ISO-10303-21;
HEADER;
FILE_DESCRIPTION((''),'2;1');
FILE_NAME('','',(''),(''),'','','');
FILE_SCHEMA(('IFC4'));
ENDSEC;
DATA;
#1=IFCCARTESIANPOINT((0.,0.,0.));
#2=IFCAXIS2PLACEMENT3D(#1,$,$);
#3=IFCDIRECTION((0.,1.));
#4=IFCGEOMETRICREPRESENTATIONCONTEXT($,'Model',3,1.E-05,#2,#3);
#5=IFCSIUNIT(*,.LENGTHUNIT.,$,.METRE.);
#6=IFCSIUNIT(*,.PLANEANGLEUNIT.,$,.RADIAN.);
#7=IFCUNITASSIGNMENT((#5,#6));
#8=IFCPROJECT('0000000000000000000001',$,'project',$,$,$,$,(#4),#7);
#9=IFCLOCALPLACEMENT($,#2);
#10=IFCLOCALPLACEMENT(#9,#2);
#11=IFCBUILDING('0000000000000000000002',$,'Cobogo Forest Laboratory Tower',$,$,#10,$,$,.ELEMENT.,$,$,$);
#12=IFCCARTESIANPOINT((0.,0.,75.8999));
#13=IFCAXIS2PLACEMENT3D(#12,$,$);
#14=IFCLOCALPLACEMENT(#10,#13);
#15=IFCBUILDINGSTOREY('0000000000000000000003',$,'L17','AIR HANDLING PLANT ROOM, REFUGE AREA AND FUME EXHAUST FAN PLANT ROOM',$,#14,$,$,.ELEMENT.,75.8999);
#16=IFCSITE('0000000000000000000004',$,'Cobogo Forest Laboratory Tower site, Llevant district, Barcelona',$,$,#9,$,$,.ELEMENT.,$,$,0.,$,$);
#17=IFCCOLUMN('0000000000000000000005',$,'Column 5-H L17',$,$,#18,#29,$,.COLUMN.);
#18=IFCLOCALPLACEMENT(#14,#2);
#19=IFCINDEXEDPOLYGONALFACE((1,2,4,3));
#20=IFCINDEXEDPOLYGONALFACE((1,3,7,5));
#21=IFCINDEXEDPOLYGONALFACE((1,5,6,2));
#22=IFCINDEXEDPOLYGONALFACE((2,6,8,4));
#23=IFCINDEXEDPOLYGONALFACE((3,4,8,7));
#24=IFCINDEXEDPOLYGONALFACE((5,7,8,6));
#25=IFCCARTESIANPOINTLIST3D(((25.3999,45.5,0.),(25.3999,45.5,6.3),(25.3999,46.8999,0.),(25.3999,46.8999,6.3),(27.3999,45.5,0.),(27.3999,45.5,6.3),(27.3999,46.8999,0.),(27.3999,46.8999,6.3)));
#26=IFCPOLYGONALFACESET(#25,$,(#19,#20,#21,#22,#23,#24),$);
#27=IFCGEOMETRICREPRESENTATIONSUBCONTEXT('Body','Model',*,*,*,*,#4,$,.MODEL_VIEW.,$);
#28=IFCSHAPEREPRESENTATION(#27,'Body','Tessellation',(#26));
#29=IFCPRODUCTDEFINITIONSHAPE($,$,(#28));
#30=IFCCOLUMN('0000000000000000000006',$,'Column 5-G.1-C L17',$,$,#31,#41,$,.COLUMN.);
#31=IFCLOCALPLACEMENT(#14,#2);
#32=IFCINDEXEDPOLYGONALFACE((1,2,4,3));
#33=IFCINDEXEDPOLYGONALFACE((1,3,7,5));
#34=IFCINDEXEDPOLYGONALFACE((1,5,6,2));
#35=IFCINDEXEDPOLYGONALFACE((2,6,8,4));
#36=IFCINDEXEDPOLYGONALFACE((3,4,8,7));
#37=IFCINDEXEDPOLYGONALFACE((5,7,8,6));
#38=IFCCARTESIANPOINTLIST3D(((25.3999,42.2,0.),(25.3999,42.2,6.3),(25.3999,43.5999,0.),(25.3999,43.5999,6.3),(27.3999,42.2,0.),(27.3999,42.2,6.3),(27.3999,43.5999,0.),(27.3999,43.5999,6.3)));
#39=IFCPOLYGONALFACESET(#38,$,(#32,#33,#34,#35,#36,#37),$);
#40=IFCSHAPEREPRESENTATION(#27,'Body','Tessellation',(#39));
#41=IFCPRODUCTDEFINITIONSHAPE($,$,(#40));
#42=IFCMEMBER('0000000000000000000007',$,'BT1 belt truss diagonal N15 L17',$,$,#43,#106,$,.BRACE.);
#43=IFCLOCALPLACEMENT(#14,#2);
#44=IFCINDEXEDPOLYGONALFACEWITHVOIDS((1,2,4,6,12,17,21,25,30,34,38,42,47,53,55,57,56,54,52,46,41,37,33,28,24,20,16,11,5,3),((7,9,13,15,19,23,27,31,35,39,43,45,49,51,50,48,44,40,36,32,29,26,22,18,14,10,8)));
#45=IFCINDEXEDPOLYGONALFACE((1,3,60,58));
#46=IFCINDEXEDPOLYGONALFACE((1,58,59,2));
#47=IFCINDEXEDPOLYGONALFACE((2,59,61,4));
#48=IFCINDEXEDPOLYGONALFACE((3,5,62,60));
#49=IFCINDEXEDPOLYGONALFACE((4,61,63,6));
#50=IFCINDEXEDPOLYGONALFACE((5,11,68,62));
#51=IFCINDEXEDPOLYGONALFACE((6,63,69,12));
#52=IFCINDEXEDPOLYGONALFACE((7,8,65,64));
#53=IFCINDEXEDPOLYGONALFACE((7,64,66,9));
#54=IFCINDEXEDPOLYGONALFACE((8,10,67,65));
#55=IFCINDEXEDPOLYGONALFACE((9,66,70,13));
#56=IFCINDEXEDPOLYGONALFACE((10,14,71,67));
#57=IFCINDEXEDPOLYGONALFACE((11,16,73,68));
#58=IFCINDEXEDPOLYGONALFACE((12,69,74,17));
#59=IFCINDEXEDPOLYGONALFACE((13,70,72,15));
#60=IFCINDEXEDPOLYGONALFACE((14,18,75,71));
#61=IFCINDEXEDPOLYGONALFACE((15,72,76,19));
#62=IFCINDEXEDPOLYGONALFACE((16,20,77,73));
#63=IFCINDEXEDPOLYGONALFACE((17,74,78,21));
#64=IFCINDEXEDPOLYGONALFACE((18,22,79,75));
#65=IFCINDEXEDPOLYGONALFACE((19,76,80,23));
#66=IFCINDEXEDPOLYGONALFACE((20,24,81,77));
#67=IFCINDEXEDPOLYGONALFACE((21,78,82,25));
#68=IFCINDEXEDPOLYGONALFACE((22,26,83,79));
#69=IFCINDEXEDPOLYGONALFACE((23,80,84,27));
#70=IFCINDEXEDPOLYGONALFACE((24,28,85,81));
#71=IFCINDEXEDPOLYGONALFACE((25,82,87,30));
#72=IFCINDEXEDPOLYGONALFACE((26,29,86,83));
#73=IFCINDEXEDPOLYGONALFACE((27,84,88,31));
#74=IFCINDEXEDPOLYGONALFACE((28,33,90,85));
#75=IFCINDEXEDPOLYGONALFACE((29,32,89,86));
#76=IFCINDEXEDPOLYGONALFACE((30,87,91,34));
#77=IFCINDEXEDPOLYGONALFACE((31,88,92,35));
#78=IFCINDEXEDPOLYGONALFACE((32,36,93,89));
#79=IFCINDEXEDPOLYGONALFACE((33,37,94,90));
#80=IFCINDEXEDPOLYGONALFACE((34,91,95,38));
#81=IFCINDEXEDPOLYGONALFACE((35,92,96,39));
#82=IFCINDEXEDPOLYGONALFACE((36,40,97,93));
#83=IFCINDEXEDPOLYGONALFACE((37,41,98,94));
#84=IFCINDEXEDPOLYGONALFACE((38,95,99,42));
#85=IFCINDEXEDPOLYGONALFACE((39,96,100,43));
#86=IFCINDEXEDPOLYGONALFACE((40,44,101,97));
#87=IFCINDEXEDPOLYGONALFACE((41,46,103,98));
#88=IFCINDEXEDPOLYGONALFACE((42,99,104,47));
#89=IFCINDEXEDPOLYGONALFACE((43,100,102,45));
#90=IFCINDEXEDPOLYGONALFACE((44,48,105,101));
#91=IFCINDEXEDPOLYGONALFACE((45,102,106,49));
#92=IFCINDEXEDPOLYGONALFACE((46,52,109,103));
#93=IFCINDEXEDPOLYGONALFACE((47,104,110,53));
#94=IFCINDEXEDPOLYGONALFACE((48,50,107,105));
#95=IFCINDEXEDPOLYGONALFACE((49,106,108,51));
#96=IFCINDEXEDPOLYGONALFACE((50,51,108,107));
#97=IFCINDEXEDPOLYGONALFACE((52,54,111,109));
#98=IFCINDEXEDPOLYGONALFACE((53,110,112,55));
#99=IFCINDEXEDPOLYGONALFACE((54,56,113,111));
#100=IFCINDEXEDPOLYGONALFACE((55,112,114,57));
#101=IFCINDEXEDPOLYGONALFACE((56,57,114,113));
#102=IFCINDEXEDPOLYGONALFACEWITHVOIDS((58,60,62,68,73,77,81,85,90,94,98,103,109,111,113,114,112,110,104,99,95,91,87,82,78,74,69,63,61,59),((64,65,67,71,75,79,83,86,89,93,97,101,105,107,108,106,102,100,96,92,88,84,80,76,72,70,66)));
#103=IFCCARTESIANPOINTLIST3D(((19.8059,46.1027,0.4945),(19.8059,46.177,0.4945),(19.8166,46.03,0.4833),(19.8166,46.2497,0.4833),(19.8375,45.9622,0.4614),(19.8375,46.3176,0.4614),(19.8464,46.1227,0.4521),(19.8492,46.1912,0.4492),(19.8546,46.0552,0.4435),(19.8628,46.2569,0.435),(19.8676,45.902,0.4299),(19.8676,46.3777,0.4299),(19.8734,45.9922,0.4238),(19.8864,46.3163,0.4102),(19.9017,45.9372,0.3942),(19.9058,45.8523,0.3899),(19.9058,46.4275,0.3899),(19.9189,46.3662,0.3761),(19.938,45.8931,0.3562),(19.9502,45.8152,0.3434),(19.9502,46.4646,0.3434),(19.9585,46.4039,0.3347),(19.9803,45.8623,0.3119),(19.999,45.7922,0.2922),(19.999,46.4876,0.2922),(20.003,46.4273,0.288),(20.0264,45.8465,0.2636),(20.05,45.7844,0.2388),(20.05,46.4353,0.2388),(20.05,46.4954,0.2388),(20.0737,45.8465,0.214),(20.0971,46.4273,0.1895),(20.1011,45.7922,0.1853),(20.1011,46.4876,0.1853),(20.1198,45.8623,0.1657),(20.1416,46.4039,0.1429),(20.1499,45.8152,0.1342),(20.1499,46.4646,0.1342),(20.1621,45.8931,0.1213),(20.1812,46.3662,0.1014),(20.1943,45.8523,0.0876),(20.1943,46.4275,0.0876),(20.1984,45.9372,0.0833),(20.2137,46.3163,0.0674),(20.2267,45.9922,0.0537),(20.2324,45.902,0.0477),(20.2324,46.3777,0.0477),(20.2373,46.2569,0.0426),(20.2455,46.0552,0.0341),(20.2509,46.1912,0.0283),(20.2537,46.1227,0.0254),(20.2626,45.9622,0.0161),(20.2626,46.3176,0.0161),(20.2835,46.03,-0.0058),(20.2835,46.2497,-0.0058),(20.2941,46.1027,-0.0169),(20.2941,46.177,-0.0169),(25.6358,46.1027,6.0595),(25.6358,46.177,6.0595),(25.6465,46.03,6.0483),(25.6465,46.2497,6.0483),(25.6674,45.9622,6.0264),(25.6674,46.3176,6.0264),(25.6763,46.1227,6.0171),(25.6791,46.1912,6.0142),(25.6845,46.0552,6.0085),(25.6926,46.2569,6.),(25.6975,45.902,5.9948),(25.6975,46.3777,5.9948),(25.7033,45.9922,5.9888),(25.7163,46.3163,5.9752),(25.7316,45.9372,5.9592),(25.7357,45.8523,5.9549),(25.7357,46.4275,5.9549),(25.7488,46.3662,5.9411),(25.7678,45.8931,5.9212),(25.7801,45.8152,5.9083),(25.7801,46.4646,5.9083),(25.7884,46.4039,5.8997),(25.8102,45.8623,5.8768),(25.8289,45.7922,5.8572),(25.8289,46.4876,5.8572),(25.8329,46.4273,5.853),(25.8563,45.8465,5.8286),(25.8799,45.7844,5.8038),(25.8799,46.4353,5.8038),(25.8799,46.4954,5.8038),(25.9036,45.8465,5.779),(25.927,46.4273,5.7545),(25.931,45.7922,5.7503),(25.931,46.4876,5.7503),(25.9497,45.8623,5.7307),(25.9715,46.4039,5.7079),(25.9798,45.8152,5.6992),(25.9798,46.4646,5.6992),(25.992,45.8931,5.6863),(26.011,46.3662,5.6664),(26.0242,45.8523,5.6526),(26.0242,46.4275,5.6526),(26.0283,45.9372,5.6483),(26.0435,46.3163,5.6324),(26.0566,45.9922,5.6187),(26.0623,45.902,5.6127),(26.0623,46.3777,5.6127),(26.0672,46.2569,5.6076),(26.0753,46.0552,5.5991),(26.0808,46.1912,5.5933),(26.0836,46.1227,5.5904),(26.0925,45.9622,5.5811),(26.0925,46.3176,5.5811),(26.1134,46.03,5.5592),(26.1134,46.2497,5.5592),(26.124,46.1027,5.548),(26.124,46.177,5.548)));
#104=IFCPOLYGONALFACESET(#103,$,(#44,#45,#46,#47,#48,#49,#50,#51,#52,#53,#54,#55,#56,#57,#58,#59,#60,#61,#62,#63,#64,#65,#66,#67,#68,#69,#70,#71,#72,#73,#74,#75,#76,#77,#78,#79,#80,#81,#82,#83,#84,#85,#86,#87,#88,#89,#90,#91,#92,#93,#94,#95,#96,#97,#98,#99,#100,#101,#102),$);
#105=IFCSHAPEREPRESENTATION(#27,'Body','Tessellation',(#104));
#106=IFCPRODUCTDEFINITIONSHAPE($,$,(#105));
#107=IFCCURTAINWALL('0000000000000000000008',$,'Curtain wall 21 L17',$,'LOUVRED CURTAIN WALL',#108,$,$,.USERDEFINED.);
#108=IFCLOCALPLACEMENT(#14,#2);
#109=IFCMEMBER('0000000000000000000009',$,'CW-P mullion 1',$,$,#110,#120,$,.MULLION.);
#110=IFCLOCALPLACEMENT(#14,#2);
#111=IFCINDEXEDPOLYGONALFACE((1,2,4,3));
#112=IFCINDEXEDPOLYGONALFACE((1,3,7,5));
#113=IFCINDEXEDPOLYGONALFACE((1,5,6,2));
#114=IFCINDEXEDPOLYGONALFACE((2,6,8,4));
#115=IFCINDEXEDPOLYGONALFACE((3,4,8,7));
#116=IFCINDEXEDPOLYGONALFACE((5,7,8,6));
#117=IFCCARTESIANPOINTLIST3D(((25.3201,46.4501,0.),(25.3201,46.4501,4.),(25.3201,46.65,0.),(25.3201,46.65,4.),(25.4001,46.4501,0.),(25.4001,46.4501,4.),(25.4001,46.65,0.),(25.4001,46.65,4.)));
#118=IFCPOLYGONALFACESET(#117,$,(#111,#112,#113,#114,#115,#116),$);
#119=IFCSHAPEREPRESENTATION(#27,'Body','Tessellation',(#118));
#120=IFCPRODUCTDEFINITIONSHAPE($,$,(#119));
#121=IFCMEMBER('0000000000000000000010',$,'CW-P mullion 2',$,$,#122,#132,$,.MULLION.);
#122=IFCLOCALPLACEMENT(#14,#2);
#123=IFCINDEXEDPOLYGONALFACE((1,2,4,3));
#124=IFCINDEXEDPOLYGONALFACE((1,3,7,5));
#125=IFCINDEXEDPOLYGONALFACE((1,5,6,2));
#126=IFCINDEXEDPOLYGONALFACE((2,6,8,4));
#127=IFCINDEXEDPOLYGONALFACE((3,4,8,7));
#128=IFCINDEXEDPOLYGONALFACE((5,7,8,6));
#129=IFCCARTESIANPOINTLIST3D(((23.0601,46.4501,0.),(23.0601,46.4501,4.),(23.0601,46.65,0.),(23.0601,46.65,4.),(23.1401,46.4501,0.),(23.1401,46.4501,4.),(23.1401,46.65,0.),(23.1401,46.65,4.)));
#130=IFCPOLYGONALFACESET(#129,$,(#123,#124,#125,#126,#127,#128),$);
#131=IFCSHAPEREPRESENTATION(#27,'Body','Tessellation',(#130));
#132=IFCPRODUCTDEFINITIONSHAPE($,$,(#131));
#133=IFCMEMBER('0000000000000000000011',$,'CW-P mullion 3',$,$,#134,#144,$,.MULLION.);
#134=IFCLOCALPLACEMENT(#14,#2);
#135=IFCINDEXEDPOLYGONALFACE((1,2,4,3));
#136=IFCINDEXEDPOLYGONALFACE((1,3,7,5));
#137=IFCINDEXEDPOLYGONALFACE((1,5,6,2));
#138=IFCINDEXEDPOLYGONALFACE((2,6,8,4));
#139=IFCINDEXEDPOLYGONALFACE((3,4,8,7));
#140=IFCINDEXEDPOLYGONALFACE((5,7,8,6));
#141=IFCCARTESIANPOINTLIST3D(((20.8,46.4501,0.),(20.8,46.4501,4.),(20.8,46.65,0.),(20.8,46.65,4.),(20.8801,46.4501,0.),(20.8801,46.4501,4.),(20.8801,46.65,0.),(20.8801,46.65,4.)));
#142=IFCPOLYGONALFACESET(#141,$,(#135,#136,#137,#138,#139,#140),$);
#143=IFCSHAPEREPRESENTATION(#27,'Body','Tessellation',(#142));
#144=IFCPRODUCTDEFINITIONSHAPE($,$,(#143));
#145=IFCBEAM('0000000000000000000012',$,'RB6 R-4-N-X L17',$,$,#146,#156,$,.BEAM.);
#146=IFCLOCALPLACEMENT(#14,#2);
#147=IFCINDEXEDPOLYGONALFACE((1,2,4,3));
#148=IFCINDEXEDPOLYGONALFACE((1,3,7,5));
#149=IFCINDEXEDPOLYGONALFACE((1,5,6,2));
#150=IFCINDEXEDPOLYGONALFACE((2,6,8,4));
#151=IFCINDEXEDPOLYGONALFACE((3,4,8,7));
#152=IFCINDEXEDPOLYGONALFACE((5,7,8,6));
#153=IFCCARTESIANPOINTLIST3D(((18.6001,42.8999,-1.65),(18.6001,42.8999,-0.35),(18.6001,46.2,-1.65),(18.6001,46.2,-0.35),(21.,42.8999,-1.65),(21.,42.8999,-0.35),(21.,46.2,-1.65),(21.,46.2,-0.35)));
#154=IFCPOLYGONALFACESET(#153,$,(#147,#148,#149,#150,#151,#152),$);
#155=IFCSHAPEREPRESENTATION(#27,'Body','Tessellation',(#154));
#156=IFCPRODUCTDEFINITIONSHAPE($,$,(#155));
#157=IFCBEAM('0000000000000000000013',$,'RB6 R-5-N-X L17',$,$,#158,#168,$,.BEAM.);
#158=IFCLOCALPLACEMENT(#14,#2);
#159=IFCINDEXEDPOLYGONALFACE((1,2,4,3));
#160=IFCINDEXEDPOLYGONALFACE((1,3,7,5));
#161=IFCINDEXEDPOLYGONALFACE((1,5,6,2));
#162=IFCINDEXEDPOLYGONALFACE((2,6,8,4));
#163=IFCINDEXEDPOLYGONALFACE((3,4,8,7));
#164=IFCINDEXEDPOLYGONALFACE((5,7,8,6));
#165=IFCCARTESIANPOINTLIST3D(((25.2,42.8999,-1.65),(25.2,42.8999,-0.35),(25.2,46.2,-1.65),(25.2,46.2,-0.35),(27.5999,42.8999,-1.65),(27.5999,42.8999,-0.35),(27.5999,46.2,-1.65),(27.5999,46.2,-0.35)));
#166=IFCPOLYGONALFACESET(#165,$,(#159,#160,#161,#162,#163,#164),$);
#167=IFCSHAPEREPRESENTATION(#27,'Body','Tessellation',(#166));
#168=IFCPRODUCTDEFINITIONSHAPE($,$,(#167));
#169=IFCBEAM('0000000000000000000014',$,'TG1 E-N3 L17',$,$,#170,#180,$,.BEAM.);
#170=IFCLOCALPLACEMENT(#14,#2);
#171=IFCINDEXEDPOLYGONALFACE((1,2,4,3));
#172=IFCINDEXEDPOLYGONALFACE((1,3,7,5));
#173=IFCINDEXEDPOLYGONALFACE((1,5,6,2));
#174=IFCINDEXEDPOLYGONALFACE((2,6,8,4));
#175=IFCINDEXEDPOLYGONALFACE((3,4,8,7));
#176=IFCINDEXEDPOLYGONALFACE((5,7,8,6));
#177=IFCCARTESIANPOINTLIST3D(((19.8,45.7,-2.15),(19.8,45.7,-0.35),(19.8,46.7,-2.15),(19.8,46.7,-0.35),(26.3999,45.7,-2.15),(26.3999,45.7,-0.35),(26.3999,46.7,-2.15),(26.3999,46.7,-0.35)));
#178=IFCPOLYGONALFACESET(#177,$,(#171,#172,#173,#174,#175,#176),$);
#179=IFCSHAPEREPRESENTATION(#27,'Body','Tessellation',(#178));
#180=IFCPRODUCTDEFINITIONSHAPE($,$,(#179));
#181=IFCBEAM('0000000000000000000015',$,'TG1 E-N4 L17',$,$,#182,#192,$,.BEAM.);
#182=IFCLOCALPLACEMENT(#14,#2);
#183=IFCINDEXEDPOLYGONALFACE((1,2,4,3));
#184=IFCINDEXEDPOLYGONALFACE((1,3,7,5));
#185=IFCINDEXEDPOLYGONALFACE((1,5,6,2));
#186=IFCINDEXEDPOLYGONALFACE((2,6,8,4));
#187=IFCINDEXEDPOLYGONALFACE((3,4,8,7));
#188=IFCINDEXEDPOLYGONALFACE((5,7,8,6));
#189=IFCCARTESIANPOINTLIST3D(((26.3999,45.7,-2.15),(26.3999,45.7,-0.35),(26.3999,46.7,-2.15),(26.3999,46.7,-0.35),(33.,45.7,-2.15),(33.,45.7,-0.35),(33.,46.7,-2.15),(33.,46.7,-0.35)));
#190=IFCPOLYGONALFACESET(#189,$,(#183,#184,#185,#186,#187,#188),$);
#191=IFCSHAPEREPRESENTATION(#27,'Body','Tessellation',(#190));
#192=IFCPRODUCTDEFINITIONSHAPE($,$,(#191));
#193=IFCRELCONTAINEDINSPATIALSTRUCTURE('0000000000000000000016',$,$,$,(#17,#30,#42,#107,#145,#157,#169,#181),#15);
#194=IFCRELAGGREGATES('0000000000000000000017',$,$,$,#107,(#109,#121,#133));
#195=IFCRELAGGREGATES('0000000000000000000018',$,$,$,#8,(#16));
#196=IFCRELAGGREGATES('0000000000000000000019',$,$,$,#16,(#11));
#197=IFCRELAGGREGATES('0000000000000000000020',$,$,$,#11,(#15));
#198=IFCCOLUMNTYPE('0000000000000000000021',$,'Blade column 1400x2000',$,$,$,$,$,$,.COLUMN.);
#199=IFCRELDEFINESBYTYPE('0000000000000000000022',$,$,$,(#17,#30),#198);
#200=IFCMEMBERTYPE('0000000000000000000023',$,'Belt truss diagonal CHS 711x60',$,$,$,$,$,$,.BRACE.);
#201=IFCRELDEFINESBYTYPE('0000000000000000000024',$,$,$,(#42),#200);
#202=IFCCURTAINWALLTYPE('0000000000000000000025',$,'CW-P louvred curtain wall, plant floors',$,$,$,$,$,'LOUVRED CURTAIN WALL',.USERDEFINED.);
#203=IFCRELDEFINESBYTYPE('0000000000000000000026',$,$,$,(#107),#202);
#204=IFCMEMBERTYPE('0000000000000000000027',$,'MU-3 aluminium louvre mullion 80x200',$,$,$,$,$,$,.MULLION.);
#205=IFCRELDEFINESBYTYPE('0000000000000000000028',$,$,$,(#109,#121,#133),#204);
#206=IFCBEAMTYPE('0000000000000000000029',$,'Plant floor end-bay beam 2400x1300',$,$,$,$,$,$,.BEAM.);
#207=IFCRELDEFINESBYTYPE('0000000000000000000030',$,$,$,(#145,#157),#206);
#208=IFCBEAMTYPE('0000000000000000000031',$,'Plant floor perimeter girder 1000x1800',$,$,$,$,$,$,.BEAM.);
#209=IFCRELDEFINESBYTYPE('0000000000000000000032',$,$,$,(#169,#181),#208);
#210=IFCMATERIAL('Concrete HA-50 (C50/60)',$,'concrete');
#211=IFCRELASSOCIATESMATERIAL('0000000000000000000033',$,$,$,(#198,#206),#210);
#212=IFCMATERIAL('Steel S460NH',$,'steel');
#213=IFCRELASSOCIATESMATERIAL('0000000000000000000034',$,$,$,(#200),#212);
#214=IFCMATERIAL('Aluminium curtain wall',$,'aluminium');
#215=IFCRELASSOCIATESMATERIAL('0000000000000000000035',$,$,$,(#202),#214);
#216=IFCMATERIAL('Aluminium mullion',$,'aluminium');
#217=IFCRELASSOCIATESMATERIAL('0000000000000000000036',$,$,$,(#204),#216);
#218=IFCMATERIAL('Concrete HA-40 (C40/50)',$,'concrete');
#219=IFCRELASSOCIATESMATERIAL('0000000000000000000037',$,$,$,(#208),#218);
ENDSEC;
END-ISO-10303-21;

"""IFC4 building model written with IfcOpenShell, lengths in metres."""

from ifc_helpers import new_model, si_unit, direction, frame, origin, origin_2d, place, context, subcontext, project, spatial, rectangle, hollow_circle, extrude, material, material_profile, profile_set, type_object, element, aggregate, save


model = new_model("IFC4")

# Units and contexts
model_context = context("Model", 3, precision=1e-05, world=origin(), true_north=direction((0.0, 1.0)))
body_context = subcontext(model_context, "Body", "Model", "MODEL_VIEW")
ifc_project = project(units=[si_unit("LENGTHUNIT", "METRE"), si_unit("PLANEANGLEUNIT", "RADIAN")], contexts=[model_context])

# Site, building, storey
site_placement = place(None, origin())
site = spatial("IfcSite", under=ifc_project, at=site_placement, Name="Cobogo Forest Laboratory Tower site, Llevant district, Barcelona", CompositionType="ELEMENT", RefElevation=0.0)
building_placement = place(site_placement, origin())
building = spatial("IfcBuilding", under=site, at=building_placement, Name="Cobogo Forest Laboratory Tower", CompositionType="ELEMENT")
storey_placement = place(building_placement, frame((0.0, 0.0, 75.8999)))
storey = spatial("IfcBuildingStorey", under=building, at=storey_placement, Name="L17", Description="AIR HANDLING PLANT ROOM, REFUGE AREA AND FUME EXHAUST FAN PLANT ROOM", CompositionType="ELEMENT", Elevation=75.8999)

# Columns
ifc_material_1 = material(Name="Concrete HA-50 (C50/60)", Category="concrete")
ifc_material_profile_1 = material_profile(ifc_material_1, rectangle(XDim=2.0, YDim=1.3999, at=origin_2d()), Name="RC 1400x2000")
ifc_profile_set_1 = profile_set([ifc_material_profile_1], Name="Concrete HA-50 (C50/60)")
column_type = type_object("IfcColumnType", Name="Blade column 1400x2000", PredefinedType="COLUMN", material=ifc_profile_set_1)
for number, where, z_axis, x_axis, name in (
    (1, (26.3999, 46.2, 0.0), (0.0, 0.0, 1.0), (1.0, 0.0, 0.0), "Column 5-H L17"),
    (2, (26.3999, 42.8999, 0.0), (0.0, 0.0, 1.0), (1.0, 0.0, 0.0), "Column 5-G.1-C L17"),
):
    element("IfcColumn", number, at=place(storey_placement, frame(where, z_axis=z_axis, x_axis=x_axis)), inside=storey, type_object=column_type, Name=name, PredefinedType="COLUMN", context=body_context, shape_type="SweptSolid", body=[
        extrude(rectangle(XDim=2.0, YDim=1.3999, at=origin_2d()), origin(), (0.0, 0.0, 1.0), 6.3),
    ])

# Member
ifc_material_2 = material(Name="Steel S460NH", Category="steel")
ifc_material_profile_2 = material_profile(ifc_material_2, hollow_circle(Radius=0.3555, WallThickness=0.0601, at=origin_2d()), Name="CHS 711x60")
ifc_profile_set_2 = profile_set([ifc_material_profile_2], Name="Steel S460NH")
member_type_1 = type_object("IfcMemberType", Name="Belt truss diagonal CHS 711x60", PredefinedType="BRACE", material=ifc_profile_set_2)
member_1_placement = place(storey_placement, frame((20.05, 46.1399, 0.2388), z_axis=(0.723349, 0.0, 0.690482), x_axis=(0.0, 1.0, 0.0)))
element("IfcMember", 3, at=member_1_placement, inside=storey, type_object=member_type_1, Name="BT1 belt truss diagonal N15 L17", PredefinedType="BRACE", context=body_context, shape_type="SweptSolid", body=[
    extrude(hollow_circle(Radius=0.3555, WallThickness=0.0601, at=origin_2d()), origin(), (0.0, 0.0, 1.0), 8.0596),
])

# Curtain wall, members
ifc_material_3 = material(Name="Aluminium curtain wall", Category="aluminium")
curtain_wall_type = type_object("IfcCurtainWallType", Name="CW-P louvred curtain wall, plant floors", ElementType="LOUVRED CURTAIN WALL", PredefinedType="USERDEFINED", material=ifc_material_3)
curtain_wall_placement = place(storey_placement, origin())
curtain_wall = element("IfcCurtainWall", 4, at=curtain_wall_placement, inside=storey, type_object=curtain_wall_type, Name="Curtain wall 21 L17", ObjectType="LOUVRED CURTAIN WALL", PredefinedType="USERDEFINED")
ifc_material_4 = material(Name="Aluminium mullion", Category="aluminium")
ifc_material_profile_3 = material_profile(ifc_material_4, rectangle(XDim=0.0801, YDim=0.2, at=origin_2d()), Name="AL 80x200")
ifc_profile_set_3 = profile_set([ifc_material_profile_3], Name="Aluminium mullion")
member_type_2 = type_object("IfcMemberType", Name="MU-3 aluminium louvre mullion 80x200", PredefinedType="MULLION", material=ifc_profile_set_3)
member_2_placement = place(storey_placement, frame((25.3601, 46.55, 0.0), z_axis=(0.0, 0.0, 1.0), x_axis=(-1.0, 0.0, 0.0)))
member_2 = element("IfcMember", 5, at=member_2_placement, type_object=member_type_2, Name="CW-P mullion 1", PredefinedType="MULLION", context=body_context, shape_type="SweptSolid", body=[
    extrude(rectangle(XDim=0.0801, YDim=0.2, at=origin_2d()), origin(), (0.0, 0.0, 1.0), 4.0),
])
member_3_placement = place(storey_placement, frame((23.1001, 46.55, 0.0), z_axis=(0.0, 0.0, 1.0), x_axis=(-1.0, 0.0, 0.0)))
member_3 = element("IfcMember", 6, at=member_3_placement, type_object=member_type_2, Name="CW-P mullion 2", PredefinedType="MULLION", context=body_context, shape_type="SweptSolid", body=[
    extrude(rectangle(XDim=0.0801, YDim=0.2, at=origin_2d()), origin(), (0.0, 0.0, 1.0), 4.0),
])
member_4_placement = place(storey_placement, frame((20.8401, 46.55, 0.0), z_axis=(0.0, 0.0, 1.0), x_axis=(-1.0, 0.0, 0.0)))
member_4 = element("IfcMember", 7, at=member_4_placement, type_object=member_type_2, Name="CW-P mullion 3", PredefinedType="MULLION", context=body_context, shape_type="SweptSolid", body=[
    extrude(rectangle(XDim=0.0801, YDim=0.2, at=origin_2d()), origin(), (0.0, 0.0, 1.0), 4.0),
])

# Beams
ifc_material_profile_4 = material_profile(ifc_material_1, rectangle(XDim=2.3999, YDim=1.3, at=origin_2d()), Name="RC 2400x1300")
ifc_profile_set_4 = profile_set([ifc_material_profile_4], Name="Concrete HA-50 (C50/60)")
beam_type_1 = type_object("IfcBeamType", Name="Plant floor end-bay beam 2400x1300", PredefinedType="BEAM", material=ifc_profile_set_4)
for number, where, z_axis, x_axis, name in (
    (8, (19.8, 46.2, -1.0), (0.0, -1.0, 0.0), (1.0, 0.0, 0.0), "RB6 R-4-N-X L17"),
    (9, (26.3999, 46.2, -1.0), (0.0, -1.0, 0.0), (1.0, 0.0, 0.0), "RB6 R-5-N-X L17"),
):
    element("IfcBeam", number, at=place(storey_placement, frame(where, z_axis=z_axis, x_axis=x_axis)), inside=storey, type_object=beam_type_1, Name=name, PredefinedType="BEAM", context=body_context, shape_type="SweptSolid", body=[
        extrude(rectangle(XDim=2.3999, YDim=1.3, at=origin_2d()), origin(), (0.0, 0.0, 1.0), 3.3),
    ])
ifc_material_5 = material(Name="Concrete HA-40 (C40/50)", Category="concrete")
ifc_material_profile_5 = material_profile(ifc_material_5, rectangle(XDim=1.0, YDim=1.8, at=origin_2d()), Name="RC 1000x1800")
ifc_profile_set_5 = profile_set([ifc_material_profile_5], Name="Concrete HA-40 (C40/50)")
beam_type_2 = type_object("IfcBeamType", Name="Plant floor perimeter girder 1000x1800", PredefinedType="BEAM", material=ifc_profile_set_5)
beam_1_placement = place(storey_placement, frame((19.8, 46.2, -1.25), z_axis=(1.0, 0.0, 0.0), x_axis=(0.0, 1.0, 0.0)))
element("IfcBeam", 10, at=beam_1_placement, inside=storey, type_object=beam_type_2, Name="TG1 E-N3 L17", PredefinedType="BEAM", context=body_context, shape_type="SweptSolid", body=[
    extrude(rectangle(XDim=1.0, YDim=1.8, at=origin_2d()), origin(), (0.0, 0.0, 1.0), 6.5999),
])
beam_2_placement = place(storey_placement, frame((26.3999, 46.2, -1.25), z_axis=(1.0, 0.0, 0.0), x_axis=(0.0, 1.0, 0.0)))
element("IfcBeam", 11, at=beam_2_placement, inside=storey, type_object=beam_type_2, Name="TG1 E-N4 L17", PredefinedType="BEAM", context=body_context, shape_type="SweptSolid", body=[
    extrude(rectangle(XDim=1.0, YDim=1.8, at=origin_2d()), origin(), (0.0, 0.0, 1.0), 6.6001),
])

aggregate(curtain_wall, [member_2, member_3, member_4])

save(model, "model.ifc")
